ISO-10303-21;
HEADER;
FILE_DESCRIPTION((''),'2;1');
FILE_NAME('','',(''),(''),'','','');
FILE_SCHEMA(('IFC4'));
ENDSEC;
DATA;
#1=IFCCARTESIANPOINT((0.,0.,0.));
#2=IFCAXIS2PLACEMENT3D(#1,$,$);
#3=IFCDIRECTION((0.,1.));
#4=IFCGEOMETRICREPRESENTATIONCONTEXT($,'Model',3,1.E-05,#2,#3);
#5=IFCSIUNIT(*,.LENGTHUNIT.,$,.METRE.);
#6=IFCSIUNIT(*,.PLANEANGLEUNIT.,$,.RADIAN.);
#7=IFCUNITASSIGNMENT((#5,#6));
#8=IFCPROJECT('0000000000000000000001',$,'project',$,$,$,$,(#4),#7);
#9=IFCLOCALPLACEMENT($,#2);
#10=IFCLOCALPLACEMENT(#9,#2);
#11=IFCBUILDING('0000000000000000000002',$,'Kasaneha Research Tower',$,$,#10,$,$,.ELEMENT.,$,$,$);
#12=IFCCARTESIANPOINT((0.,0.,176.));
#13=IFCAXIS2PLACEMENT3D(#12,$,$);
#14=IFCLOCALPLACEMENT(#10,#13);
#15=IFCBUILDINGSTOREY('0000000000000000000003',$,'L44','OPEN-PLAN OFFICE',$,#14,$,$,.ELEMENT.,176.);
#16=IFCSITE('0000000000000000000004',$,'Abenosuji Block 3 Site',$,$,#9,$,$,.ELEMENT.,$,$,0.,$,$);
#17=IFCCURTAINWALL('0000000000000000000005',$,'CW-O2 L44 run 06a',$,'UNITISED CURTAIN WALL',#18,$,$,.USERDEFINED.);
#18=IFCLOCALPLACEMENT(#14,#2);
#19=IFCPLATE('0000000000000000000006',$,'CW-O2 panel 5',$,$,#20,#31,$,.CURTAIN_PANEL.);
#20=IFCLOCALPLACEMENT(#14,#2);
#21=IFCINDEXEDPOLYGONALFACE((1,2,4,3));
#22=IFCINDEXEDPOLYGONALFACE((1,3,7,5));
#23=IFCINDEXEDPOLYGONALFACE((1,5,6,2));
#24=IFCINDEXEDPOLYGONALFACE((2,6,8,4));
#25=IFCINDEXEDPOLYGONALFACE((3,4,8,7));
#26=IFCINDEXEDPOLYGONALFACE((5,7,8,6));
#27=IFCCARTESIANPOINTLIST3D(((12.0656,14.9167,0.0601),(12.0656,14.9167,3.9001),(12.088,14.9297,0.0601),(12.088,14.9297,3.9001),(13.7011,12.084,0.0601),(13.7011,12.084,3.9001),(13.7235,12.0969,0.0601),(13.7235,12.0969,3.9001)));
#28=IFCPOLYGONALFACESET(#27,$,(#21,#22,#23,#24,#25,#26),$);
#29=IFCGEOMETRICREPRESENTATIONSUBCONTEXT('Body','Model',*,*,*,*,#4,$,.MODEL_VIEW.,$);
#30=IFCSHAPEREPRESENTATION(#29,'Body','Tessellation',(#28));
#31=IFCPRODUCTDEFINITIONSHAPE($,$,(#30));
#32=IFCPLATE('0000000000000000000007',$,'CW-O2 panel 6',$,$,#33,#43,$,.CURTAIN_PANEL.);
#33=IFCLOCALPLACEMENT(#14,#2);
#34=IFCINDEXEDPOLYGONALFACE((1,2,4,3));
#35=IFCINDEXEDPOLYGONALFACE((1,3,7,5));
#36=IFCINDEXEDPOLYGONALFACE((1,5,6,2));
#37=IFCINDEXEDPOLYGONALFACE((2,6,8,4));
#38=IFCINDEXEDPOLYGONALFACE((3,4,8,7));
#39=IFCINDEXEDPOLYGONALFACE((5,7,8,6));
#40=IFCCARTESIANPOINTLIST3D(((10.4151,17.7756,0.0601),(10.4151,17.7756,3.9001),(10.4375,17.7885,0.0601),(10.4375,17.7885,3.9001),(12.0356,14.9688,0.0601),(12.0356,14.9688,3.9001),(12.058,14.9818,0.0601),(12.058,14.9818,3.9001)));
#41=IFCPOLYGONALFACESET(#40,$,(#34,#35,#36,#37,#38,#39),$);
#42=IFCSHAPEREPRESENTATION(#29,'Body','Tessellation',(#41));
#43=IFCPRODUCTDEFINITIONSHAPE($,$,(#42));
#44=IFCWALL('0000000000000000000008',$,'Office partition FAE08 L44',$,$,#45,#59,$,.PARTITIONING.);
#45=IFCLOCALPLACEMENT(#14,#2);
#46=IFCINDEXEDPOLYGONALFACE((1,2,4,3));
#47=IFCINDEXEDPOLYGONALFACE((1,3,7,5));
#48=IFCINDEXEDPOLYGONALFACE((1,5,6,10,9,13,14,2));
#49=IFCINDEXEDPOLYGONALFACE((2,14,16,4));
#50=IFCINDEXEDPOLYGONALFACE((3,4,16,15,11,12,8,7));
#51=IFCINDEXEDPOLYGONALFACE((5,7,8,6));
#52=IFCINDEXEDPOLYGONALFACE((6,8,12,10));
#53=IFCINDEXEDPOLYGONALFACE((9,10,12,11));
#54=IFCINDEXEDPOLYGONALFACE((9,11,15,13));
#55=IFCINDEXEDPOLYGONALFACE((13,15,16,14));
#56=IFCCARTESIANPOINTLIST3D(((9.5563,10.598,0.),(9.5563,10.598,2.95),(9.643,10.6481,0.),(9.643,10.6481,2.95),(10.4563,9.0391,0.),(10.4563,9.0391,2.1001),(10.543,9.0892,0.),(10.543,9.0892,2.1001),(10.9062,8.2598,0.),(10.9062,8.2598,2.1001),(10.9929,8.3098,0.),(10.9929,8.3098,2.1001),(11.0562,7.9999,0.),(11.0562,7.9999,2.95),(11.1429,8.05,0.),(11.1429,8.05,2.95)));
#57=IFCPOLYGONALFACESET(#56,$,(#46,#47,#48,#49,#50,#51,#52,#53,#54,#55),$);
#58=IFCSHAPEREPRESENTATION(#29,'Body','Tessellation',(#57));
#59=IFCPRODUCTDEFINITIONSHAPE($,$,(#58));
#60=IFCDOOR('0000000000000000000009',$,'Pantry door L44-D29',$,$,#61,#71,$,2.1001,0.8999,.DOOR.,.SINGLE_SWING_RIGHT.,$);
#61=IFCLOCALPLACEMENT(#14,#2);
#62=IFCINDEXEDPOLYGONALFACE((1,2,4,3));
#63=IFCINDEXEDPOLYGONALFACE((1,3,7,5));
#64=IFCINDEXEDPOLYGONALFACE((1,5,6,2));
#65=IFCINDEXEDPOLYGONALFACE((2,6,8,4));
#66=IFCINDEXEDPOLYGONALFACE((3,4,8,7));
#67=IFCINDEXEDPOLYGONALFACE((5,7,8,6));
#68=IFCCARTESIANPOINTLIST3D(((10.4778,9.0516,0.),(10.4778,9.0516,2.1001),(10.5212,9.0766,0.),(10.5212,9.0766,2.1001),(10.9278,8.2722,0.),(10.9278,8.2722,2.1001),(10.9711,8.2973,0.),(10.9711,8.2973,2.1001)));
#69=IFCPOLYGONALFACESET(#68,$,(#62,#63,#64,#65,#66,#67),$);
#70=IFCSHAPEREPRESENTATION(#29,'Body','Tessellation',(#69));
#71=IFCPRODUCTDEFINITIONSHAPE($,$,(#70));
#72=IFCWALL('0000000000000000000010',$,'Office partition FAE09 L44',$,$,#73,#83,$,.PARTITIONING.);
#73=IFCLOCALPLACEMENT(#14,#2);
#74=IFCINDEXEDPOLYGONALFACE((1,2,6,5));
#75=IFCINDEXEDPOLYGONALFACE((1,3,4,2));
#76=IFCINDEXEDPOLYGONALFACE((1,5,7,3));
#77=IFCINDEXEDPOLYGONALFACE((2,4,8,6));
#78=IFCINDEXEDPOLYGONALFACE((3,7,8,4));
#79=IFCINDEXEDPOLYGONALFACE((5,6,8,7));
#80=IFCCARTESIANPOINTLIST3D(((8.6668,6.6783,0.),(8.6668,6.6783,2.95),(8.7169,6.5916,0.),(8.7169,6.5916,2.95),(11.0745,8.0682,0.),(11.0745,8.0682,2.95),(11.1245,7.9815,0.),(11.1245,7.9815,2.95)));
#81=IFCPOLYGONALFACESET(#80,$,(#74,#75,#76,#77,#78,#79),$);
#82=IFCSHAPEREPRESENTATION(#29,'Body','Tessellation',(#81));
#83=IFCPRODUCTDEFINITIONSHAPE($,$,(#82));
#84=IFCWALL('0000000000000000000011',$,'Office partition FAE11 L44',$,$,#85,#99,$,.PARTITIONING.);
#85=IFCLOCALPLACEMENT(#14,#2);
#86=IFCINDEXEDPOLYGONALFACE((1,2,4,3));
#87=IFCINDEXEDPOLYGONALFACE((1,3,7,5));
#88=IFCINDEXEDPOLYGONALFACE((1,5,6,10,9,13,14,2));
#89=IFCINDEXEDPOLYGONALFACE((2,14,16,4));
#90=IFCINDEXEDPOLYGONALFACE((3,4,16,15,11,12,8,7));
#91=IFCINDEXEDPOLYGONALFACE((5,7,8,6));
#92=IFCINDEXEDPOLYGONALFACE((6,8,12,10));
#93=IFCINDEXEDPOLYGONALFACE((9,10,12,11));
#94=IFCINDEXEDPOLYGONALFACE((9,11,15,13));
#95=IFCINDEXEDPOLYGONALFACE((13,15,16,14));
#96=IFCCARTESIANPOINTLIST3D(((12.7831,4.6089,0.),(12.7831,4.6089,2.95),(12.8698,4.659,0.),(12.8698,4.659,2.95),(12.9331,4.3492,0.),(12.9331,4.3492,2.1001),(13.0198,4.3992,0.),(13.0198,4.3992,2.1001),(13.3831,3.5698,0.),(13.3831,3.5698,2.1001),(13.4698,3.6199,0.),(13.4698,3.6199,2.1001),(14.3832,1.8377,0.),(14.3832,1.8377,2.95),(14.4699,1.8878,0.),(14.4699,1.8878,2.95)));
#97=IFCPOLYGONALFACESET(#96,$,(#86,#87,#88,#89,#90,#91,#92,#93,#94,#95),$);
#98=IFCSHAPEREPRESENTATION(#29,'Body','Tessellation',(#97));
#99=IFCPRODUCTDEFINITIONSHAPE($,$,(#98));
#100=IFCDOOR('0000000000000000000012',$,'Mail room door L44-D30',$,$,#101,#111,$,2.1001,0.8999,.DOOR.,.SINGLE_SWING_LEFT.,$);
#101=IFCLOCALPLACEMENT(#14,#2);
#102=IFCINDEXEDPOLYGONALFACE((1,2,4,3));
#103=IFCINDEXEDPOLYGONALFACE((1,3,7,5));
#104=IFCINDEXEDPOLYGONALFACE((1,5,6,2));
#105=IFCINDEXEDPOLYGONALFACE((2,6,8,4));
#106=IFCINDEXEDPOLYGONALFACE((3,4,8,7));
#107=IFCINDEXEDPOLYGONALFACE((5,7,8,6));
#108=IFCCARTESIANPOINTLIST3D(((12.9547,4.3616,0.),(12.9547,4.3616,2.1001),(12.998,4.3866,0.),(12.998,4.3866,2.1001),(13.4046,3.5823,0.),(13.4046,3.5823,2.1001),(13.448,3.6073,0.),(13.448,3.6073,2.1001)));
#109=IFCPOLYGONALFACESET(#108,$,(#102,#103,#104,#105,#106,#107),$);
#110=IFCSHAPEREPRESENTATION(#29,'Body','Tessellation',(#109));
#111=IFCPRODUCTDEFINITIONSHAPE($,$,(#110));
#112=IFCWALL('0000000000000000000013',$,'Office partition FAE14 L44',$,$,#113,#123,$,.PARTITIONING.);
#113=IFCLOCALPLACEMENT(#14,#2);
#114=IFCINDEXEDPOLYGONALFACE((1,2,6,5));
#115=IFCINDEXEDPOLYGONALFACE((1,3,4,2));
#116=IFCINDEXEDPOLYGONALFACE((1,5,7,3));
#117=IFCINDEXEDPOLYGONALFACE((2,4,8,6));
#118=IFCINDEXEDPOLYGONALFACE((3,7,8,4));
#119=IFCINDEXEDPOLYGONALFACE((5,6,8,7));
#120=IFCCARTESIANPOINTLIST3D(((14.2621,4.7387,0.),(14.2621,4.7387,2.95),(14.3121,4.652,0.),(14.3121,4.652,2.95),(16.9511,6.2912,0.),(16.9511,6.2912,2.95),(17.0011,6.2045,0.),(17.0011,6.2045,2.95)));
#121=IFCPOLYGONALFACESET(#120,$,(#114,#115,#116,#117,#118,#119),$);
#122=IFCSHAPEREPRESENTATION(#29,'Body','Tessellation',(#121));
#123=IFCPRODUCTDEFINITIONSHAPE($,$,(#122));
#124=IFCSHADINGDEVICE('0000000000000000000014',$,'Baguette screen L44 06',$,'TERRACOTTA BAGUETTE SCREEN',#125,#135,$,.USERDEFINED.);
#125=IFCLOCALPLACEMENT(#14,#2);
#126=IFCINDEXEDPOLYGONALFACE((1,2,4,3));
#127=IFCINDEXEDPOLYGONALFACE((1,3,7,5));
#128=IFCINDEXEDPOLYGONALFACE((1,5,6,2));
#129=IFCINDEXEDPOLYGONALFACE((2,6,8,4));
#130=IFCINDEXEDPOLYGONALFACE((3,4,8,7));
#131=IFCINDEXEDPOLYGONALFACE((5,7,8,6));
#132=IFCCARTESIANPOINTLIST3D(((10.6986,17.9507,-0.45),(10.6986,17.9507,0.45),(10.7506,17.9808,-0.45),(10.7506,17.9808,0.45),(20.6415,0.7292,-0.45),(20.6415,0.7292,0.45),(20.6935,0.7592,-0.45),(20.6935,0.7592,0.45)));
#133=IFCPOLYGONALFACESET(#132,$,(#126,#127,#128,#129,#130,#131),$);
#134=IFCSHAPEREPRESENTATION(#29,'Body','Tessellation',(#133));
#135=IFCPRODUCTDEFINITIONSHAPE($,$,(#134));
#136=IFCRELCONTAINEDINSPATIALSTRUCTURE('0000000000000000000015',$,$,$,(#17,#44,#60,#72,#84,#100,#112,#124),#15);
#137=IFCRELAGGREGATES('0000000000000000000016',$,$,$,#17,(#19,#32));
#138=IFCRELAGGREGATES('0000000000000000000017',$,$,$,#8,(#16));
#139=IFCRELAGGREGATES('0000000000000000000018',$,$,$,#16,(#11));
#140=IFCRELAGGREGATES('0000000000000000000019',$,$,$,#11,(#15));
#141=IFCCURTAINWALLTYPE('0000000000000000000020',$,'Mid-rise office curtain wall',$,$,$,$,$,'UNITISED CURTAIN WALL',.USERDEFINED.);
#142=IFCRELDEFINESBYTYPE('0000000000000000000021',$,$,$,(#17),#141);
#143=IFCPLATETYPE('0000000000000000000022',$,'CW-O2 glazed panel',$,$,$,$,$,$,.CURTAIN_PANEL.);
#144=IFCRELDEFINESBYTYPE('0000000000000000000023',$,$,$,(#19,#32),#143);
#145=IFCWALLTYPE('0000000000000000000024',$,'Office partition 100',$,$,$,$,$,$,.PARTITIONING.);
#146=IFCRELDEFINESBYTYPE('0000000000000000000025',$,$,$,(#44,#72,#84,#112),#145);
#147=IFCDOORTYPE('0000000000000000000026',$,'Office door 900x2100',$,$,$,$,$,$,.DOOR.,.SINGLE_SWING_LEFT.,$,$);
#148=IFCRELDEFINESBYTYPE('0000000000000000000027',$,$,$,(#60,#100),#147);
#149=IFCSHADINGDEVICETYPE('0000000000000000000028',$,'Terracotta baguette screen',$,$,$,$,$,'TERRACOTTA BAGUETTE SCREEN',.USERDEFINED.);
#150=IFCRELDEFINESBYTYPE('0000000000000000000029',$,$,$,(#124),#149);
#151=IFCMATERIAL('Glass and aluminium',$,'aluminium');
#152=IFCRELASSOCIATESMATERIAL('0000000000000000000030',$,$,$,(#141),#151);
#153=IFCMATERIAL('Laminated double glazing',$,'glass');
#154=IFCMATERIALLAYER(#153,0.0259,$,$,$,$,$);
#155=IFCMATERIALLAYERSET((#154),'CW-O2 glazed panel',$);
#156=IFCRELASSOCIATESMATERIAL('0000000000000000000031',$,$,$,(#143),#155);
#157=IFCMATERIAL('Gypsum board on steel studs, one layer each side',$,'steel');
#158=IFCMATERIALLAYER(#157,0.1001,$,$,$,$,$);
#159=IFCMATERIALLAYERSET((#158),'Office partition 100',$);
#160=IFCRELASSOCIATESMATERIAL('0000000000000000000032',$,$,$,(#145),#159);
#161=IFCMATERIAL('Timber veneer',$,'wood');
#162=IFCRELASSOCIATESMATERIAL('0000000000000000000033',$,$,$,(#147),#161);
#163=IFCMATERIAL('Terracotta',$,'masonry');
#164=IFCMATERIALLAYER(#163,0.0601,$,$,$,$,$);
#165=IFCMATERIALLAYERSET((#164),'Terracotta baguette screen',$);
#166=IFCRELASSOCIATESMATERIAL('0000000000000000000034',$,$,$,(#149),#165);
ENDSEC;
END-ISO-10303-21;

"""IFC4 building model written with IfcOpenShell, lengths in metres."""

from ifc_helpers import new_model, si_unit, direction, frame, frame_2d, origin, origin_2d, place, context, subcontext, project, spatial, rectangle, extrude, material, layer, layer_set, type_object, element, fill, aggregate, save


model = new_model("IFC4")

# Units and contexts
model_context = context("Model", 3, precision=1e-05, world=origin(), true_north=direction((0.0, 1.0)))
body_context = subcontext(model_context, "Body", "Model", "MODEL_VIEW")
ifc_project = project(units=[si_unit("LENGTHUNIT", "METRE"), si_unit("PLANEANGLEUNIT", "RADIAN")], contexts=[model_context])

# Site, building, storey
site_placement = place(None, origin())
site = spatial("IfcSite", under=ifc_project, at=site_placement, Name="Abenosuji Block 3 Site", CompositionType="ELEMENT", RefElevation=0.0)
building_placement = place(site_placement, origin())
building = spatial("IfcBuilding", under=site, at=building_placement, Name="Kasaneha Research Tower", CompositionType="ELEMENT")
storey_placement = place(building_placement, frame((0.0, 0.0, 176.0)))
storey = spatial("IfcBuildingStorey", under=building, at=storey_placement, Name="L44", Description="OPEN-PLAN OFFICE", CompositionType="ELEMENT", Elevation=176.0)

# Curtain wall
ifc_material_1 = material(Name="Glass and aluminium", Category="aluminium")
curtain_wall_type = type_object("IfcCurtainWallType", Name="Mid-rise office curtain wall", ElementType="UNITISED CURTAIN WALL", PredefinedType="USERDEFINED", material=ifc_material_1)
curtain_wall_1_placement = place(storey_placement, origin())
curtain_wall_1 = element("IfcCurtainWall", 1, at=curtain_wall_1_placement, inside=storey, type_object=curtain_wall_type, Name="CW-O2 L44 run 06a", ObjectType="UNITISED CURTAIN WALL", PredefinedType="USERDEFINED")

# Plates
ifc_material_2 = material(Name="Laminated double glazing", Category="glass")
ifc_layer_1 = layer(ifc_material_2, 0.0259)
ifc_layer_set_1 = layer_set([ifc_layer_1], Name="CW-O2 glazed panel")
plate_type = type_object("IfcPlateType", Name="CW-O2 glazed panel", PredefinedType="CURTAIN_PANEL", material=ifc_layer_set_1)
plate_1_placement = place(storey_placement, frame((12.8945, 13.5068, 0.0601), z_axis=(0.0, 0.0, 1.0), x_axis=(-0.5, 0.866025, 0.0)))
plate_1 = element("IfcPlate", 2, at=plate_1_placement, type_object=plate_type, Name="CW-O2 panel 5", PredefinedType="CURTAIN_PANEL", context=body_context, shape_type="SweptSolid", body=[
    extrude(rectangle(XDim=3.271, YDim=0.0259, at=origin_2d()), origin(), (0.0, 0.0, 1.0), 3.8401),
])
plate_2_placement = place(storey_placement, frame((11.2366, 16.3787, 0.0601), z_axis=(0.0, 0.0, 1.0), x_axis=(-0.5, 0.866025, 0.0)))
plate_2 = element("IfcPlate", 3, at=plate_2_placement, type_object=plate_type, Name="CW-O2 panel 6", PredefinedType="CURTAIN_PANEL", context=body_context, shape_type="SweptSolid", body=[
    extrude(rectangle(XDim=3.241, YDim=0.0259, at=origin_2d()), origin(), (0.0, 0.0, 1.0), 3.8401),
])
aggregate(curtain_wall_1, [plate_1, plate_2])

# Wall, opening, door
ifc_material_3 = material(Name="Gypsum board on steel studs, one layer each side", Category="steel")
ifc_layer_2 = layer(ifc_material_3, 0.1001)
ifc_layer_set_2 = layer_set([ifc_layer_2], Name="Office partition 100")
wall_type = type_object("IfcWallType", Name="Office partition 100", PredefinedType="PARTITIONING", material=ifc_layer_set_2)
wall_1_placement = place(storey_placement, frame((9.5996, 10.623, 0.0), z_axis=(0.0, 0.0, 1.0), x_axis=(0.49999, -0.866031, 0.0)))
wall_1 = element("IfcWall", 4, at=wall_1_placement, inside=storey, type_object=wall_type, Name="Office partition FAE08 L44", PredefinedType="PARTITIONING", context=body_context, shape_type="SweptSolid", body=[
    extrude(rectangle(XDim=3.0, YDim=0.1001, at=frame_2d((1.5, 0.0))), origin(), (0.0, 0.0, 1.0), 2.95),
])
opening_1_placement = place(wall_1_placement, frame((1.8, 0.0, 0.0)))
opening_1 = element("IfcOpeningElement", 5, at=opening_1_placement, cuts=wall_1, PredefinedType="OPENING", context=body_context, shape_type="SweptSolid", body=[
    extrude(rectangle(XDim=0.8999, YDim=2.1001, at=frame_2d((0.45, 1.05))), frame((0.0, 0.0601, 0.0), z_axis=(0.0, -1.0, 0.0), x_axis=(1.0, 0.0, 0.0)), (0.0, 0.0, 1.0), 0.1201),
])
ifc_material_4 = material(Name="Timber veneer", Category="wood")
door_type = type_object("IfcDoorType", Name="Office door 900x2100", OperationType="SINGLE_SWING_LEFT", PredefinedType="DOOR", material=ifc_material_4)
door_1_placement = place(opening_1_placement, origin())
door_1 = element("IfcDoor", 6, at=door_1_placement, inside=storey, type_object=door_type, Name="Pantry door L44-D29", OperationType="SINGLE_SWING_RIGHT", OverallHeight=2.1001, OverallWidth=0.8999, PredefinedType="DOOR", context=body_context, shape_type="SweptSolid", body=[
    extrude(rectangle(XDim=0.8999, YDim=2.1001, at=frame_2d((0.45, 1.05))), frame((0.0, 0.0249, 0.0), z_axis=(0.0, -1.0, 0.0), x_axis=(1.0, 0.0, 0.0)), (0.0, 0.0, 1.0), 0.05),
])
fill(opening_1, door_1)

# Wall
wall_2_placement = place(storey_placement, frame((11.0996, 8.0249, 0.0), z_axis=(0.0, 0.0, 1.0), x_axis=(-0.866057, -0.499945, 0.0)))
element("IfcWall", 7, at=wall_2_placement, inside=storey, type_object=wall_type, Name="Office partition FAE09 L44", PredefinedType="PARTITIONING", context=body_context, shape_type="SweptSolid", body=[
    extrude(rectangle(XDim=2.78, YDim=0.1001, at=frame_2d((1.3901, 0.0))), origin(), (0.0, 0.0, 1.0), 2.95),
])

# Wall, opening, door
wall_3_placement = place(storey_placement, frame((12.8264, 4.634, 0.0), z_axis=(0.0, 0.0, 1.0), x_axis=(0.500028, -0.866009, 0.0)))
wall_3 = element("IfcWall", 8, at=wall_3_placement, inside=storey, type_object=wall_type, Name="Office partition FAE11 L44", PredefinedType="PARTITIONING", context=body_context, shape_type="SweptSolid", body=[
    extrude(rectangle(XDim=3.2, YDim=0.1001, at=frame_2d((1.6001, 0.0))), origin(), (0.0, 0.0, 1.0), 2.95),
])
opening_2_placement = place(wall_3_placement, frame((0.3, 0.0, 0.0)))
opening_2 = element("IfcOpeningElement", 9, at=opening_2_placement, cuts=wall_3, PredefinedType="OPENING", context=body_context, shape_type="SweptSolid", body=[
    extrude(rectangle(XDim=0.8999, YDim=2.1001, at=frame_2d((0.45, 1.05))), frame((0.0, 0.0601, 0.0), z_axis=(0.0, -1.0, 0.0), x_axis=(1.0, 0.0, 0.0)), (0.0, 0.0, 1.0), 0.1201),
])
door_2_placement = place(opening_2_placement, origin())
door_2 = element("IfcDoor", 10, at=door_2_placement, inside=storey, type_object=door_type, Name="Mail room door L44-D30", OperationType="SINGLE_SWING_LEFT", OverallHeight=2.1001, OverallWidth=0.8999, PredefinedType="DOOR", context=body_context, shape_type="SweptSolid", body=[
    extrude(rectangle(XDim=0.8999, YDim=2.1001, at=frame_2d((0.45, 1.05))), frame((0.0, 0.0249, 0.0), z_axis=(0.0, -1.0, 0.0), x_axis=(1.0, 0.0, 0.0)), (0.0, 0.0, 1.0), 0.05),
])
fill(opening_2, door_2)

# Wall
wall_4_placement = place(storey_placement, frame((14.2871, 4.6953, 0.0), z_axis=(0.0, 0.0, 1.0), x_axis=(0.866023, 0.500004, 0.0)))
element("IfcWall", 11, at=wall_4_placement, inside=storey, type_object=wall_type, Name="Office partition FAE14 L44", PredefinedType="PARTITIONING", context=body_context, shape_type="SweptSolid", body=[
    extrude(rectangle(XDim=3.105, YDim=0.1001, at=frame_2d((1.5525, 0.0))), origin(), (0.0, 0.0, 1.0), 2.95),
])

# Shading device
ifc_material_5 = material(Name="Terracotta", Category="masonry")
ifc_layer_3 = layer(ifc_material_5, 0.0601)
ifc_layer_set_3 = layer_set([ifc_layer_3], Name="Terracotta baguette screen")
shading_device_type = type_object("IfcShadingDeviceType", Name="Terracotta baguette screen", ElementType="TERRACOTTA BAGUETTE SCREEN", PredefinedType="USERDEFINED", material=ifc_layer_set_3)
shading_device_placement = place(storey_placement, frame((15.696, 9.355, -0.45), z_axis=(0.0, 0.0, 1.0), x_axis=(-0.5, 0.866025, 0.0)))
element("IfcShadingDevice", 12, at=shading_device_placement, inside=storey, type_object=shading_device_type, Name="Baguette screen L44 06", ObjectType="TERRACOTTA BAGUETTE SCREEN", PredefinedType="USERDEFINED", context=body_context, shape_type="SweptSolid", body=[
    extrude(rectangle(XDim=19.8857, YDim=0.0601, at=origin_2d()), origin(), (0.0, 0.0, 1.0), 0.8999),
])

save(model, "model.ifc")
